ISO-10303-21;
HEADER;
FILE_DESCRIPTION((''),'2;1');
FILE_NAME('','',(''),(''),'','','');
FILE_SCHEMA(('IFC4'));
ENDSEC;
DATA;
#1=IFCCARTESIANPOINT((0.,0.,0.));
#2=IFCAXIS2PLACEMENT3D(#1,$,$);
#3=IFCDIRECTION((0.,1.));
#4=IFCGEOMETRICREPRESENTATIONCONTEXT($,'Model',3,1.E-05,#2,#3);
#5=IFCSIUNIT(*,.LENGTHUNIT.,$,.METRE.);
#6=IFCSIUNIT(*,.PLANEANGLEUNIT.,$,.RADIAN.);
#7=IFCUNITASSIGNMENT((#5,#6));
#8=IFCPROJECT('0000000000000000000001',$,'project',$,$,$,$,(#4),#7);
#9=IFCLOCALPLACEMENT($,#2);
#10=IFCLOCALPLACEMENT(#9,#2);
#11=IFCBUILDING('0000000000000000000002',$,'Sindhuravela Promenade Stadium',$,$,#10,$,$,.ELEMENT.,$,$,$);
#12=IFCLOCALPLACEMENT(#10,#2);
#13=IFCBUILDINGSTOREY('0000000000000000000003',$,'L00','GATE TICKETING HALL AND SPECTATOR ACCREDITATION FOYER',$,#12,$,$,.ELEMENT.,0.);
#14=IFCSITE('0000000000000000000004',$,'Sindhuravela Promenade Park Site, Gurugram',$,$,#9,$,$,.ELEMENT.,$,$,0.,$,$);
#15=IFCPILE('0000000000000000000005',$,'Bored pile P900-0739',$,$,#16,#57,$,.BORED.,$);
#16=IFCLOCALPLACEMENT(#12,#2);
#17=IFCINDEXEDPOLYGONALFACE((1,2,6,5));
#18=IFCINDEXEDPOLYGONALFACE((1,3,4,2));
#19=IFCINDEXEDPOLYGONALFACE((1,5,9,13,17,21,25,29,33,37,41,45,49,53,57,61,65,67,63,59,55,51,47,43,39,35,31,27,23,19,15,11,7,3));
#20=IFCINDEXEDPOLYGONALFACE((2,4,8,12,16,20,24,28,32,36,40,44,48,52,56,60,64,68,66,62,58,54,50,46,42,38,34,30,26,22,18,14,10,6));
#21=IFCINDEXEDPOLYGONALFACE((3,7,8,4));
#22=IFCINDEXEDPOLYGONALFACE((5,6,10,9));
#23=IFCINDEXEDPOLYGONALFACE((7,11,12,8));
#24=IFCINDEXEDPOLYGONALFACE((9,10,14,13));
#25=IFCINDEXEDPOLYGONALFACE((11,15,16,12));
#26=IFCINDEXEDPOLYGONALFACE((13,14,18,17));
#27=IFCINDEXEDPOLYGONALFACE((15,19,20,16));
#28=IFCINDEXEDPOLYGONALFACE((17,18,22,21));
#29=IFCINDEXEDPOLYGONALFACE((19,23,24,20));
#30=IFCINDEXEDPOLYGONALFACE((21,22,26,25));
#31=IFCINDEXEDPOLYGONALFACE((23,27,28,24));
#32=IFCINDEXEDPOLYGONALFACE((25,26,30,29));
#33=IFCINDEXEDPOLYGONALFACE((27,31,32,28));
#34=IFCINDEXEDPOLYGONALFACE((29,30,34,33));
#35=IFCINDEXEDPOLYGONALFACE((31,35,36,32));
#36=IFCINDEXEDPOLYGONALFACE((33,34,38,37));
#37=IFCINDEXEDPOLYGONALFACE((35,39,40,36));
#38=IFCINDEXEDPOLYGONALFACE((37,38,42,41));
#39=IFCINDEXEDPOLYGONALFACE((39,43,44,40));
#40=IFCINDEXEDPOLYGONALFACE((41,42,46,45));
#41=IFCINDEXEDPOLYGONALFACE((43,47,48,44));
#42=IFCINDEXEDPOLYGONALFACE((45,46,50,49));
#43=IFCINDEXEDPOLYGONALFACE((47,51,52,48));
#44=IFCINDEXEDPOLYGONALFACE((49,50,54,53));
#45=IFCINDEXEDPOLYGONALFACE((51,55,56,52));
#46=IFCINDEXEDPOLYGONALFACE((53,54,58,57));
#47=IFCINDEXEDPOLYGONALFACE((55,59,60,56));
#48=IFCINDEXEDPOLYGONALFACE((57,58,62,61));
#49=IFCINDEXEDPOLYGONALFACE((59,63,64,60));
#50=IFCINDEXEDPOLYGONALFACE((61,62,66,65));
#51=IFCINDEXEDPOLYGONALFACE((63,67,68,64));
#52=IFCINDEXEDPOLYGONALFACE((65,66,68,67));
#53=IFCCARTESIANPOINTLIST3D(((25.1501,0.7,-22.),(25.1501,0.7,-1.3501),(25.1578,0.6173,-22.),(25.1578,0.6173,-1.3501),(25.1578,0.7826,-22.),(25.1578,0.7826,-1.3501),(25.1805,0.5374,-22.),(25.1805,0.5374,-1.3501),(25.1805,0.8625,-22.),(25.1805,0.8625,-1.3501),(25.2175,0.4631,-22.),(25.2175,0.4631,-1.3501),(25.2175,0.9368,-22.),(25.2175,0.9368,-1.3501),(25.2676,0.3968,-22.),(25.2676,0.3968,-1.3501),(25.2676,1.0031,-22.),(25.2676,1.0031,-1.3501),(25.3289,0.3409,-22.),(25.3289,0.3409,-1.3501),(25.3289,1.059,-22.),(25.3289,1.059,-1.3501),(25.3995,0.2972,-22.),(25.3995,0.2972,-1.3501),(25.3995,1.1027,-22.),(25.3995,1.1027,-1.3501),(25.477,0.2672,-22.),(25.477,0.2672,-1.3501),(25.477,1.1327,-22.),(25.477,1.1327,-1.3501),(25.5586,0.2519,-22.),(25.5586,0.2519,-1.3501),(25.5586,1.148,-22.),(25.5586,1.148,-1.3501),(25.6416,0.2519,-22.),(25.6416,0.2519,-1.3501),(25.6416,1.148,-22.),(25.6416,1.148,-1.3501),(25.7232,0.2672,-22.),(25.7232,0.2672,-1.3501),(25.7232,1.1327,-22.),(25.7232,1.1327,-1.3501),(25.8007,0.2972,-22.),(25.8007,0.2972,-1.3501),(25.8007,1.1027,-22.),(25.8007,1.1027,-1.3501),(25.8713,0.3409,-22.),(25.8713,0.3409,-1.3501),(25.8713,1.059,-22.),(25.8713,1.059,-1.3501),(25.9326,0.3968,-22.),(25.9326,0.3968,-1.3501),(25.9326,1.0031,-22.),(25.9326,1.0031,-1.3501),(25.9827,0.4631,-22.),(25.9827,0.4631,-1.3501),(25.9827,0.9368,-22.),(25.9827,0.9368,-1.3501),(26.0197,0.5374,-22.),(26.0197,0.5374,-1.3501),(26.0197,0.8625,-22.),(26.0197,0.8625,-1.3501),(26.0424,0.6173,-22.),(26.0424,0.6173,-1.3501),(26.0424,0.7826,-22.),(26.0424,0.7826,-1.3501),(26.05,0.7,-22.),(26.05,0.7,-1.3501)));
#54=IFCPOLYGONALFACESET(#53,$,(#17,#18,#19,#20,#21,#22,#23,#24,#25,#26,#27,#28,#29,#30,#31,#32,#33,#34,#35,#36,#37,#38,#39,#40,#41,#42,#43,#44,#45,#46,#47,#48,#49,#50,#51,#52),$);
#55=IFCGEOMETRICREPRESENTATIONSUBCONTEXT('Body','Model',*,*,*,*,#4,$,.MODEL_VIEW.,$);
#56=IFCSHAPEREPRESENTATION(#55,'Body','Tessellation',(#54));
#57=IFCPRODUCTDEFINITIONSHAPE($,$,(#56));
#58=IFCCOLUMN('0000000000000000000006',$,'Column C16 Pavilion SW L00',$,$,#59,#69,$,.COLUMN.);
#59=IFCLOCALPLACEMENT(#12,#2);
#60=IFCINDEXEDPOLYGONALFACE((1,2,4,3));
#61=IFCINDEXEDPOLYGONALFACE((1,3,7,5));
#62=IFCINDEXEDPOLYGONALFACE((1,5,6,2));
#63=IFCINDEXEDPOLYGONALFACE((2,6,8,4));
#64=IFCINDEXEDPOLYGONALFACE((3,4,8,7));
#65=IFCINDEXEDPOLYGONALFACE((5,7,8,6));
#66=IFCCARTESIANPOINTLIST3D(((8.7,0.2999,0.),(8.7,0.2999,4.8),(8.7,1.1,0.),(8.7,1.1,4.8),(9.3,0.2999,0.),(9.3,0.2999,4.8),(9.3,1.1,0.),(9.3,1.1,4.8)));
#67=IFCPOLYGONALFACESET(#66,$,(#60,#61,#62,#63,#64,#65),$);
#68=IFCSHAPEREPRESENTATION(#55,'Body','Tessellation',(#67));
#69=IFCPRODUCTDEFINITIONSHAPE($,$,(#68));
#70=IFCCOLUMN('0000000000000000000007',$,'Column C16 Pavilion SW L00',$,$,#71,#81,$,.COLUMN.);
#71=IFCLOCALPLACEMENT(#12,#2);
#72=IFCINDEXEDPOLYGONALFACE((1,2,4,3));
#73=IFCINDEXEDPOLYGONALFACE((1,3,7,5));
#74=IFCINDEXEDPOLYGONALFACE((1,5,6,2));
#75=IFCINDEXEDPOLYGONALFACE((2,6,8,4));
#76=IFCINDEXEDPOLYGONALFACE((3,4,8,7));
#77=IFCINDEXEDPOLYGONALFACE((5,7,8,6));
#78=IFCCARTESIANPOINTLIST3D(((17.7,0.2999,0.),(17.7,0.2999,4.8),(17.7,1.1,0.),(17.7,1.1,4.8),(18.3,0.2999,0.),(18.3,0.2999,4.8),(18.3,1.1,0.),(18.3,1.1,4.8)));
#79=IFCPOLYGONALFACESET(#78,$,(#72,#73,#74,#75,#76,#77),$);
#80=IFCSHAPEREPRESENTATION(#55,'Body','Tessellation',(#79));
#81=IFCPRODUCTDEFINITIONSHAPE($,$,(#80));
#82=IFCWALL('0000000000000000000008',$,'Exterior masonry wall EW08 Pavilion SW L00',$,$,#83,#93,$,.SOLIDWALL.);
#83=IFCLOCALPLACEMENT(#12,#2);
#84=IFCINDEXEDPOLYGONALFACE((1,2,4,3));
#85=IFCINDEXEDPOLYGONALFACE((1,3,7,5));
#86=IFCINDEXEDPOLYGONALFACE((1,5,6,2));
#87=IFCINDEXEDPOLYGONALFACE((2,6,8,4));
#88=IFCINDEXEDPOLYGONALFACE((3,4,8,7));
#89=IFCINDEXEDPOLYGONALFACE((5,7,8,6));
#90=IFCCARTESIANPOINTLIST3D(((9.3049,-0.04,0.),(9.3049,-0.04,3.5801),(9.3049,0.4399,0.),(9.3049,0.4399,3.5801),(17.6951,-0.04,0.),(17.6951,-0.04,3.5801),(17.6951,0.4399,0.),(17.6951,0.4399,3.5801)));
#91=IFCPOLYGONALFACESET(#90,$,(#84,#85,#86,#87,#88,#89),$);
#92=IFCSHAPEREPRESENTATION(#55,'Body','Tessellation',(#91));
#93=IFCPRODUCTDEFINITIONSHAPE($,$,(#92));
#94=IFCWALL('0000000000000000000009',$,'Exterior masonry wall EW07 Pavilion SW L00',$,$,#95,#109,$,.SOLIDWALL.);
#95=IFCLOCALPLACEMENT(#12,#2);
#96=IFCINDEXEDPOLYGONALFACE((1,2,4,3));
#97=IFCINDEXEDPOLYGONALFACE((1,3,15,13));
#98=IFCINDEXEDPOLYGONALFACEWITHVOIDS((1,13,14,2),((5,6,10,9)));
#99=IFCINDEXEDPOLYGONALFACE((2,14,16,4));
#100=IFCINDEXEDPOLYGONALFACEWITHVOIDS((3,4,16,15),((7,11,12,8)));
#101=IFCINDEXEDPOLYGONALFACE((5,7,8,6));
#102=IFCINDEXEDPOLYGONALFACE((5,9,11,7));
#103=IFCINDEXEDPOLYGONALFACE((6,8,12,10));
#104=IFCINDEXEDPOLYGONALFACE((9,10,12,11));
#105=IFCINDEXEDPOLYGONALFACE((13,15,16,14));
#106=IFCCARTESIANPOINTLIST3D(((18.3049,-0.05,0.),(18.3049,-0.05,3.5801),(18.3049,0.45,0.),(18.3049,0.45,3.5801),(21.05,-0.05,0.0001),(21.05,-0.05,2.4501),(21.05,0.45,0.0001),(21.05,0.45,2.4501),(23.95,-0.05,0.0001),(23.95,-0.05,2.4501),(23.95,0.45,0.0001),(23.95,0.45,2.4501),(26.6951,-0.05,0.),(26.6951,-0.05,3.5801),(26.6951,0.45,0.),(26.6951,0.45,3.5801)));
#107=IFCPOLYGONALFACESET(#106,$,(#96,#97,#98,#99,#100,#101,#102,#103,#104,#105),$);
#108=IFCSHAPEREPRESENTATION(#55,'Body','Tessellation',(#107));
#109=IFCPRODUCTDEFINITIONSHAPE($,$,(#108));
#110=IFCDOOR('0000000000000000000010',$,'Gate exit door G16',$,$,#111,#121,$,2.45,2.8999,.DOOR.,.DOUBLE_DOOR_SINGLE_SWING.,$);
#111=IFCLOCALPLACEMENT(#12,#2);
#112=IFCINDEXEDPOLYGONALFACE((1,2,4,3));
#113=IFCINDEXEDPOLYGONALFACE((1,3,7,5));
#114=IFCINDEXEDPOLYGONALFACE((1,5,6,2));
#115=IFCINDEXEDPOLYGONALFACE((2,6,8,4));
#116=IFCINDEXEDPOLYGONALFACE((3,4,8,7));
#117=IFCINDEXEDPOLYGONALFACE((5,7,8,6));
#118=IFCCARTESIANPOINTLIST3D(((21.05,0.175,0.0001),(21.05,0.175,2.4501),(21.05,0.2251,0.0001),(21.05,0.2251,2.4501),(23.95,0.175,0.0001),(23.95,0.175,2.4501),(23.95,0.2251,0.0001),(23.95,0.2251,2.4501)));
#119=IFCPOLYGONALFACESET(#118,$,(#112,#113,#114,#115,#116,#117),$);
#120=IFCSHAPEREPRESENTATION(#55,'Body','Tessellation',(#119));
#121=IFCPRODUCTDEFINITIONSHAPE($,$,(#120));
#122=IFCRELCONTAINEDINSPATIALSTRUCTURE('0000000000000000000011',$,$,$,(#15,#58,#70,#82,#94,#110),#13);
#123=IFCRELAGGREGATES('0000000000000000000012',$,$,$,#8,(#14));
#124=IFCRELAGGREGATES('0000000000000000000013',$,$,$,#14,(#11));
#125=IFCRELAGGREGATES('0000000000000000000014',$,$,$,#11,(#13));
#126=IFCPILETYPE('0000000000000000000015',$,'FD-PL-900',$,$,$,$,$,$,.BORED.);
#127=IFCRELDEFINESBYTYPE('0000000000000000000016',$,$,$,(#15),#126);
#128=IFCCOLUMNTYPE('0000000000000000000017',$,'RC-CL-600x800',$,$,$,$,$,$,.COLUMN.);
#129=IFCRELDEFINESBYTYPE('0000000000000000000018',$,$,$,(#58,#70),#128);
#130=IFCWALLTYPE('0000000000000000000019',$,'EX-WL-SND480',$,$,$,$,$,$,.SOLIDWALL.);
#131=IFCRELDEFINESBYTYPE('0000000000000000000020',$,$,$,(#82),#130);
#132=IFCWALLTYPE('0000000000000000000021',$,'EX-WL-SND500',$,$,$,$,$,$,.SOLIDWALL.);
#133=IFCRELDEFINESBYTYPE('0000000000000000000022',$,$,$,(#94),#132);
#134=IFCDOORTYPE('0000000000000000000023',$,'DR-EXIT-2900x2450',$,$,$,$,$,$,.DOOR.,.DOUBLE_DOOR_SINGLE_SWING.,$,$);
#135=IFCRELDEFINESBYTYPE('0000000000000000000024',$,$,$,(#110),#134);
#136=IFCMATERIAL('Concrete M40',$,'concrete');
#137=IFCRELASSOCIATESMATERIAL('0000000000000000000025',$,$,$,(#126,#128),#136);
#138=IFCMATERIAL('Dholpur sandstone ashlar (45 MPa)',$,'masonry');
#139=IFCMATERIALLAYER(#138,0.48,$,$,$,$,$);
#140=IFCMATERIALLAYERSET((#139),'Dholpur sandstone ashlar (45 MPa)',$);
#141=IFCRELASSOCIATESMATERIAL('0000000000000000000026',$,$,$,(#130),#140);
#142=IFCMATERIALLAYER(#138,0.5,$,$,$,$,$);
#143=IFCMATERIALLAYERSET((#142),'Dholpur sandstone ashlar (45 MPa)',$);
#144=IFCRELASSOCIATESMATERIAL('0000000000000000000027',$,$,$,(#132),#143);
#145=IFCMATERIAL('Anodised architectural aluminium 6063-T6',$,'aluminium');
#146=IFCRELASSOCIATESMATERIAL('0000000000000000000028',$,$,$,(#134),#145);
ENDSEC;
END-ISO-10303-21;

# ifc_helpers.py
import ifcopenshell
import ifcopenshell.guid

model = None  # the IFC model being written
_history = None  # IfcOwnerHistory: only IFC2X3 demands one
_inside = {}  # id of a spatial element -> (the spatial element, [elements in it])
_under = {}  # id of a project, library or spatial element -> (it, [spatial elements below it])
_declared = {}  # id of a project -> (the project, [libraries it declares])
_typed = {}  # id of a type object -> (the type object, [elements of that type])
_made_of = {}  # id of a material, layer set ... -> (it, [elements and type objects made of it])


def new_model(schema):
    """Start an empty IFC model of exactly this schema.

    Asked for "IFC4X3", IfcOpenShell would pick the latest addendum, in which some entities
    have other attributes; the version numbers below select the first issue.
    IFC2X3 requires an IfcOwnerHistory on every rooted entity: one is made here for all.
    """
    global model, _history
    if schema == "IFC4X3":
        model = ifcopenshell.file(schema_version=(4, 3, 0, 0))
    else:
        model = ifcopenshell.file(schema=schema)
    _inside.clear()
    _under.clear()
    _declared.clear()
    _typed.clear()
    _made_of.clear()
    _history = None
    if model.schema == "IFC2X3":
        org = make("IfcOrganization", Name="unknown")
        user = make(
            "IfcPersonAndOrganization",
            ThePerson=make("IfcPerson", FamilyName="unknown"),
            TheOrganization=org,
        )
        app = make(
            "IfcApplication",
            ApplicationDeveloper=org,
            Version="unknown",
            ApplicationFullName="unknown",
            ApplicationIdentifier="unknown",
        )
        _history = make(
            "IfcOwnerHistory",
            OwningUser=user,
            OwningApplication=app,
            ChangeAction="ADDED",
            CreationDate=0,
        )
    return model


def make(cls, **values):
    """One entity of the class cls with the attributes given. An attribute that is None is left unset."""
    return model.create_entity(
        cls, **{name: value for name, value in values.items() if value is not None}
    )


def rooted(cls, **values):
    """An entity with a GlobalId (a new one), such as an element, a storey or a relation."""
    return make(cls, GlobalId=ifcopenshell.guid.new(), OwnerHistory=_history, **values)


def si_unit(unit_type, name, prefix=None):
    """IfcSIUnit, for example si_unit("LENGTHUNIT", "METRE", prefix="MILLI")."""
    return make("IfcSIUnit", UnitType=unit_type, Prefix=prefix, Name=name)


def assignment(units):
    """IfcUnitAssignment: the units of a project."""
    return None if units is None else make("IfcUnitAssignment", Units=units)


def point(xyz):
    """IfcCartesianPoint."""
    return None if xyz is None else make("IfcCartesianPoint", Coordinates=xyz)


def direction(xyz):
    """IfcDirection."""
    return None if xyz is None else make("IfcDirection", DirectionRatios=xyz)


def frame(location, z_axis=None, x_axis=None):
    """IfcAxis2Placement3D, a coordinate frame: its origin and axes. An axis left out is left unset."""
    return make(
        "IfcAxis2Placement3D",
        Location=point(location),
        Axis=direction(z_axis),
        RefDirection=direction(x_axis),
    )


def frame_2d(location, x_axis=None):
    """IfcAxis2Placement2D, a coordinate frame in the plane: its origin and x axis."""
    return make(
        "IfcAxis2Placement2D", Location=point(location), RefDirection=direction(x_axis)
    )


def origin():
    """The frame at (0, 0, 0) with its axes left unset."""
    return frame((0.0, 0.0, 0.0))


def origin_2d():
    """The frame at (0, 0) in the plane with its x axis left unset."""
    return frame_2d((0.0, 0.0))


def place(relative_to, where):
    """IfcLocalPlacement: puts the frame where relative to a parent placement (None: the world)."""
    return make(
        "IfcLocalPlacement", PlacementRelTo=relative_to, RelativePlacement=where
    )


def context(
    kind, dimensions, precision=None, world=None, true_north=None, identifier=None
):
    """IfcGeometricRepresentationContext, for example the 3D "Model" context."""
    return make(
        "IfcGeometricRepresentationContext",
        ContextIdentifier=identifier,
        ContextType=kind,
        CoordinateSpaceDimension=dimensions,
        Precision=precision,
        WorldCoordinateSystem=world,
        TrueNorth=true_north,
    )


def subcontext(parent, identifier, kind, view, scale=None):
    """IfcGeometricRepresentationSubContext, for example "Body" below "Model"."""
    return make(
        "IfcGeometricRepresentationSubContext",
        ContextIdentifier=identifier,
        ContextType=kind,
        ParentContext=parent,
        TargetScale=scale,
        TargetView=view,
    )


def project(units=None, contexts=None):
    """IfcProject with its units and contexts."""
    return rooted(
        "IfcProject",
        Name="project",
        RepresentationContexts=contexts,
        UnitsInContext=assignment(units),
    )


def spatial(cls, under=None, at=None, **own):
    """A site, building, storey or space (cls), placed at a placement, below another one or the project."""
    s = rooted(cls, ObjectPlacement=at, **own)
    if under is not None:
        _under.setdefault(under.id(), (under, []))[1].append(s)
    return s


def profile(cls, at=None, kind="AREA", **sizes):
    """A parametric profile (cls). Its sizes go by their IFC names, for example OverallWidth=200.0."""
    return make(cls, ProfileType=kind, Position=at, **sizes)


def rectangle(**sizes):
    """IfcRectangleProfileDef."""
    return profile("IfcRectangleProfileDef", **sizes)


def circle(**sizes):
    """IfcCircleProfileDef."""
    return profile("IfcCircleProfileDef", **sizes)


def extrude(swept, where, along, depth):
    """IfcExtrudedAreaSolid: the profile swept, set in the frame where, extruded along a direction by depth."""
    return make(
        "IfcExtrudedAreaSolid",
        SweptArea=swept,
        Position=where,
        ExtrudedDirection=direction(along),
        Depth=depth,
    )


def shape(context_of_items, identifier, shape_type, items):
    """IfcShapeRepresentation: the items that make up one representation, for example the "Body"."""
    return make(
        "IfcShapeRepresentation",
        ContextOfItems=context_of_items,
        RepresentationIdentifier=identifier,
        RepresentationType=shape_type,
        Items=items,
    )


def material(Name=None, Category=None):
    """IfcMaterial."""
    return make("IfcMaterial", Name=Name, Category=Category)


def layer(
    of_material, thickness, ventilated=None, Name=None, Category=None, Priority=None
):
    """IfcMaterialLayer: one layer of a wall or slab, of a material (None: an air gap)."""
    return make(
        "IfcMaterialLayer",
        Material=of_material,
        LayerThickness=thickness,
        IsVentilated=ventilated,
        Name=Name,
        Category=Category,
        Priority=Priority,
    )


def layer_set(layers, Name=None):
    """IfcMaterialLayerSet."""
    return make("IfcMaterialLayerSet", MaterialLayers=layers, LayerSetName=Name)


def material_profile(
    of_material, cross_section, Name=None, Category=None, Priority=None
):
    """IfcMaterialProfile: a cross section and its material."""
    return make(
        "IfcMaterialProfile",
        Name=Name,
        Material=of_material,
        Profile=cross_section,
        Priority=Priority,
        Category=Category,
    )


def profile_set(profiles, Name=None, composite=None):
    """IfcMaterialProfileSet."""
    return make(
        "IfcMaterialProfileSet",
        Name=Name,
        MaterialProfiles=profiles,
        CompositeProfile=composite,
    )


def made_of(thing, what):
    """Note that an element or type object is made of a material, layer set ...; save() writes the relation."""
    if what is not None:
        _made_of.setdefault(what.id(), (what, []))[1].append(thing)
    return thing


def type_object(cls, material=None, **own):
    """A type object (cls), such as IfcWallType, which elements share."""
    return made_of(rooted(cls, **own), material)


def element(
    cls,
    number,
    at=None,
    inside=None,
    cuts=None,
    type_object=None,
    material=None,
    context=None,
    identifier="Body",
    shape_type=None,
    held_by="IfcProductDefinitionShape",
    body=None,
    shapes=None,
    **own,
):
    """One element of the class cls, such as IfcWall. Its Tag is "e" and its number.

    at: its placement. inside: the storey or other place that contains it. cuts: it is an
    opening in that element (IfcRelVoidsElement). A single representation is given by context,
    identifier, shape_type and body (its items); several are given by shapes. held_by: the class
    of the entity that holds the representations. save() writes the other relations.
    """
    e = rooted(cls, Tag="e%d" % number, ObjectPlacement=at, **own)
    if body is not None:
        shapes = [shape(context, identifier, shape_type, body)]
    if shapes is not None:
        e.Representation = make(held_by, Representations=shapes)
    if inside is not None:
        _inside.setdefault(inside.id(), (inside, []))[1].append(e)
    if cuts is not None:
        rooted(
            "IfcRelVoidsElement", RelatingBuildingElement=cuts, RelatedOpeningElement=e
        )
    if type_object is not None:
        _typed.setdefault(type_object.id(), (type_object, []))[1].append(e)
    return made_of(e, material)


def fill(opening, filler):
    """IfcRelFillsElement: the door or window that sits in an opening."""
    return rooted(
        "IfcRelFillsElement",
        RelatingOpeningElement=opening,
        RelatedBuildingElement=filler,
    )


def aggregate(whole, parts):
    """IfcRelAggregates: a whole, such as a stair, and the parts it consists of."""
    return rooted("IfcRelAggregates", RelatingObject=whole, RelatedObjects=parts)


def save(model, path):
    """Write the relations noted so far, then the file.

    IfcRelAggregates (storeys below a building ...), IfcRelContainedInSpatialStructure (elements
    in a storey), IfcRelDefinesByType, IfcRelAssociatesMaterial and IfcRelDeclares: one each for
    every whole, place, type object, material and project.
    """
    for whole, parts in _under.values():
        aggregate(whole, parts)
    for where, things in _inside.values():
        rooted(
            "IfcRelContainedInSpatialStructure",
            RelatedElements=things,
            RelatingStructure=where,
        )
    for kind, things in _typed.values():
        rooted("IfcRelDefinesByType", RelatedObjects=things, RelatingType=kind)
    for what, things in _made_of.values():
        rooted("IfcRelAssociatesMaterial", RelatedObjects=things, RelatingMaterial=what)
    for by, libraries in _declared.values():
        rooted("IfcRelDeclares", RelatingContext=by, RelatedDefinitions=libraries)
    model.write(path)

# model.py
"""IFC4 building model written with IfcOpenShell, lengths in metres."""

from ifc_helpers import new_model, si_unit, direction, frame, frame_2d, origin, origin_2d, place, context, subcontext, project, spatial, rectangle, circle, extrude, material, layer, layer_set, material_profile, profile_set, type_object, element, fill, save


model = new_model("IFC4")

# Units and contexts
model_context = context("Model", 3, precision=1e-05, world=origin(), true_north=direction((0.0, 1.0)))
body_context = subcontext(model_context, "Body", "Model", "MODEL_VIEW")
ifc_project = project(units=[si_unit("LENGTHUNIT", "METRE"), si_unit("PLANEANGLEUNIT", "RADIAN")], contexts=[model_context])

# Site, building, storey
site_placement = place(None, origin())
site = spatial("IfcSite", under=ifc_project, at=site_placement, Name="Sindhuravela Promenade Park Site, Gurugram", CompositionType="ELEMENT", RefElevation=0.0)
building_placement = place(site_placement, origin())
building = spatial("IfcBuilding", under=site, at=building_placement, Name="Sindhuravela Promenade Stadium", CompositionType="ELEMENT")
storey_placement = place(building_placement, origin())
storey = spatial("IfcBuildingStorey", under=building, at=storey_placement, Name="L00", Description="GATE TICKETING HALL AND SPECTATOR ACCREDITATION FOYER", CompositionType="ELEMENT", Elevation=0.0)

# Pile
ifc_material_1 = material(Name="Concrete M40", Category="concrete")
ifc_material_profile_1 = material_profile(ifc_material_1, circle(Radius=0.45, at=origin_2d()), Name="BORED PILE D900")
ifc_profile_set_1 = profile_set([ifc_material_profile_1], Name="Concrete M40")
pile_type = type_object("IfcPileType", Name="FD-PL-900", PredefinedType="BORED", material=ifc_profile_set_1)
for number, where, z_axis, x_axis, name in (
    (1, (25.6001, 0.7, -1.3501), (0.0, 0.0, -1.0), (1.0, 0.0, 0.0), "Bored pile P900-0739"),
):
    element("IfcPile", number, at=place(storey_placement, frame(where, z_axis=z_axis, x_axis=x_axis)), inside=storey, type_object=pile_type, Name=name, PredefinedType="BORED", context=body_context, shape_type="SweptSolid", body=[
        extrude(circle(Radius=0.45, at=origin_2d()), origin(), (0.0, 0.0, 1.0), 20.6499),
    ])

# Columns
ifc_material_profile_2 = material_profile(ifc_material_1, rectangle(XDim=0.6001, YDim=0.8, at=origin_2d()), Name="RC 600x800")
ifc_profile_set_2 = profile_set([ifc_material_profile_2], Name="Concrete M40")
column_type = type_object("IfcColumnType", Name="RC-CL-600x800", PredefinedType="COLUMN", material=ifc_profile_set_2)
for number, where, z_axis, x_axis, name in (
    (2, (9.0, 0.7, 0.0), (0.0, 0.0, 1.0), (1.0, 0.0, 0.0), "Column C16 Pavilion SW L00"),
    (3, (18.0, 0.7, 0.0), (0.0, 0.0, 1.0), (1.0, 0.0, 0.0), "Column C16 Pavilion SW L00"),
):
    element("IfcColumn", number, at=place(storey_placement, frame(where, z_axis=z_axis, x_axis=x_axis)), inside=storey, type_object=column_type, Name=name, PredefinedType="COLUMN", context=body_context, shape_type="SweptSolid", body=[
        extrude(rectangle(XDim=0.6001, YDim=0.8, at=origin_2d()), origin(), (0.0, 0.0, 1.0), 4.8),
    ])

# Wall
ifc_material_2 = material(Name="Dholpur sandstone ashlar (45 MPa)", Category="masonry")
ifc_layer_1 = layer(ifc_material_2, 0.48)
ifc_layer_set_1 = layer_set([ifc_layer_1], Name="Dholpur sandstone ashlar (45 MPa)")
wall_type_1 = type_object("IfcWallType", Name="EX-WL-SND480", PredefinedType="SOLIDWALL", material=ifc_layer_set_1)
wall_1_placement = place(storey_placement, frame((17.6951, 0.2, 0.0), z_axis=(0.0, 0.0, 1.0), x_axis=(-1.0, 0.0, 0.0)))
element("IfcWall", 4, at=wall_1_placement, inside=storey, type_object=wall_type_1, Name="Exterior masonry wall EW08 Pavilion SW L00", PredefinedType="SOLIDWALL", context=body_context, shape_type="SweptSolid", body=[
    extrude(rectangle(XDim=8.3901, YDim=0.48, at=frame_2d((4.1951, 0.0))), origin(), (0.0, 0.0, 1.0), 3.5801),
])

# Wall, opening, door
ifc_layer_2 = layer(ifc_material_2, 0.5)
ifc_layer_set_2 = layer_set([ifc_layer_2], Name="Dholpur sandstone ashlar (45 MPa)")
wall_type_2 = type_object("IfcWallType", Name="EX-WL-SND500", PredefinedType="SOLIDWALL", material=ifc_layer_set_2)
wall_2_placement = place(storey_placement, frame((26.6951, 0.2, 0.0), z_axis=(0.0, 0.0, 1.0), x_axis=(-1.0, 0.0, 0.0)))
wall_2 = element("IfcWall", 5, at=wall_2_placement, inside=storey, type_object=wall_type_2, Name="Exterior masonry wall EW07 Pavilion SW L00", PredefinedType="SOLIDWALL", context=body_context, shape_type="SweptSolid", body=[
    extrude(rectangle(XDim=8.3901, YDim=0.5, at=frame_2d((4.1951, 0.0))), origin(), (0.0, 0.0, 1.0), 3.5801),
])
opening_placement = place(wall_2_placement, frame((2.7451, 0.0, 0.0)))
opening = element("IfcOpeningElement", 6, at=opening_placement, cuts=wall_2, PredefinedType="OPENING", context=body_context, shape_type="SweptSolid", body=[
    extrude(rectangle(XDim=2.8999, YDim=2.45, at=frame_2d((1.45, 1.2251))), frame((0.0, 0.26, 0.0), z_axis=(0.0, -1.0, 0.0), x_axis=(1.0, 0.0, 0.0)), (0.0, 0.0, 1.0), 0.52),
])
ifc_material_3 = material(Name="Anodised architectural aluminium 6063-T6", Category="aluminium")
door_type = type_object("IfcDoorType", Name="DR-EXIT-2900x2450", OperationType="DOUBLE_DOOR_SINGLE_SWING", PredefinedType="DOOR", material=ifc_material_3)
door_placement = place(opening_placement, origin())
door = element("IfcDoor", 7, at=door_placement, inside=storey, type_object=door_type, Name="Gate exit door G16", OperationType="DOUBLE_DOOR_SINGLE_SWING", OverallHeight=2.45, OverallWidth=2.8999, PredefinedType="DOOR", context=body_context, shape_type="SweptSolid", body=[
    extrude(rectangle(XDim=2.8999, YDim=2.45, at=frame_2d((1.45, 1.2251))), frame((0.0, 0.0249, 0.0), z_axis=(0.0, -1.0, 0.0), x_axis=(1.0, 0.0, 0.0)), (0.0, 0.0, 1.0), 0.05),
])
fill(opening, door)

save(model, "model.ifc")
